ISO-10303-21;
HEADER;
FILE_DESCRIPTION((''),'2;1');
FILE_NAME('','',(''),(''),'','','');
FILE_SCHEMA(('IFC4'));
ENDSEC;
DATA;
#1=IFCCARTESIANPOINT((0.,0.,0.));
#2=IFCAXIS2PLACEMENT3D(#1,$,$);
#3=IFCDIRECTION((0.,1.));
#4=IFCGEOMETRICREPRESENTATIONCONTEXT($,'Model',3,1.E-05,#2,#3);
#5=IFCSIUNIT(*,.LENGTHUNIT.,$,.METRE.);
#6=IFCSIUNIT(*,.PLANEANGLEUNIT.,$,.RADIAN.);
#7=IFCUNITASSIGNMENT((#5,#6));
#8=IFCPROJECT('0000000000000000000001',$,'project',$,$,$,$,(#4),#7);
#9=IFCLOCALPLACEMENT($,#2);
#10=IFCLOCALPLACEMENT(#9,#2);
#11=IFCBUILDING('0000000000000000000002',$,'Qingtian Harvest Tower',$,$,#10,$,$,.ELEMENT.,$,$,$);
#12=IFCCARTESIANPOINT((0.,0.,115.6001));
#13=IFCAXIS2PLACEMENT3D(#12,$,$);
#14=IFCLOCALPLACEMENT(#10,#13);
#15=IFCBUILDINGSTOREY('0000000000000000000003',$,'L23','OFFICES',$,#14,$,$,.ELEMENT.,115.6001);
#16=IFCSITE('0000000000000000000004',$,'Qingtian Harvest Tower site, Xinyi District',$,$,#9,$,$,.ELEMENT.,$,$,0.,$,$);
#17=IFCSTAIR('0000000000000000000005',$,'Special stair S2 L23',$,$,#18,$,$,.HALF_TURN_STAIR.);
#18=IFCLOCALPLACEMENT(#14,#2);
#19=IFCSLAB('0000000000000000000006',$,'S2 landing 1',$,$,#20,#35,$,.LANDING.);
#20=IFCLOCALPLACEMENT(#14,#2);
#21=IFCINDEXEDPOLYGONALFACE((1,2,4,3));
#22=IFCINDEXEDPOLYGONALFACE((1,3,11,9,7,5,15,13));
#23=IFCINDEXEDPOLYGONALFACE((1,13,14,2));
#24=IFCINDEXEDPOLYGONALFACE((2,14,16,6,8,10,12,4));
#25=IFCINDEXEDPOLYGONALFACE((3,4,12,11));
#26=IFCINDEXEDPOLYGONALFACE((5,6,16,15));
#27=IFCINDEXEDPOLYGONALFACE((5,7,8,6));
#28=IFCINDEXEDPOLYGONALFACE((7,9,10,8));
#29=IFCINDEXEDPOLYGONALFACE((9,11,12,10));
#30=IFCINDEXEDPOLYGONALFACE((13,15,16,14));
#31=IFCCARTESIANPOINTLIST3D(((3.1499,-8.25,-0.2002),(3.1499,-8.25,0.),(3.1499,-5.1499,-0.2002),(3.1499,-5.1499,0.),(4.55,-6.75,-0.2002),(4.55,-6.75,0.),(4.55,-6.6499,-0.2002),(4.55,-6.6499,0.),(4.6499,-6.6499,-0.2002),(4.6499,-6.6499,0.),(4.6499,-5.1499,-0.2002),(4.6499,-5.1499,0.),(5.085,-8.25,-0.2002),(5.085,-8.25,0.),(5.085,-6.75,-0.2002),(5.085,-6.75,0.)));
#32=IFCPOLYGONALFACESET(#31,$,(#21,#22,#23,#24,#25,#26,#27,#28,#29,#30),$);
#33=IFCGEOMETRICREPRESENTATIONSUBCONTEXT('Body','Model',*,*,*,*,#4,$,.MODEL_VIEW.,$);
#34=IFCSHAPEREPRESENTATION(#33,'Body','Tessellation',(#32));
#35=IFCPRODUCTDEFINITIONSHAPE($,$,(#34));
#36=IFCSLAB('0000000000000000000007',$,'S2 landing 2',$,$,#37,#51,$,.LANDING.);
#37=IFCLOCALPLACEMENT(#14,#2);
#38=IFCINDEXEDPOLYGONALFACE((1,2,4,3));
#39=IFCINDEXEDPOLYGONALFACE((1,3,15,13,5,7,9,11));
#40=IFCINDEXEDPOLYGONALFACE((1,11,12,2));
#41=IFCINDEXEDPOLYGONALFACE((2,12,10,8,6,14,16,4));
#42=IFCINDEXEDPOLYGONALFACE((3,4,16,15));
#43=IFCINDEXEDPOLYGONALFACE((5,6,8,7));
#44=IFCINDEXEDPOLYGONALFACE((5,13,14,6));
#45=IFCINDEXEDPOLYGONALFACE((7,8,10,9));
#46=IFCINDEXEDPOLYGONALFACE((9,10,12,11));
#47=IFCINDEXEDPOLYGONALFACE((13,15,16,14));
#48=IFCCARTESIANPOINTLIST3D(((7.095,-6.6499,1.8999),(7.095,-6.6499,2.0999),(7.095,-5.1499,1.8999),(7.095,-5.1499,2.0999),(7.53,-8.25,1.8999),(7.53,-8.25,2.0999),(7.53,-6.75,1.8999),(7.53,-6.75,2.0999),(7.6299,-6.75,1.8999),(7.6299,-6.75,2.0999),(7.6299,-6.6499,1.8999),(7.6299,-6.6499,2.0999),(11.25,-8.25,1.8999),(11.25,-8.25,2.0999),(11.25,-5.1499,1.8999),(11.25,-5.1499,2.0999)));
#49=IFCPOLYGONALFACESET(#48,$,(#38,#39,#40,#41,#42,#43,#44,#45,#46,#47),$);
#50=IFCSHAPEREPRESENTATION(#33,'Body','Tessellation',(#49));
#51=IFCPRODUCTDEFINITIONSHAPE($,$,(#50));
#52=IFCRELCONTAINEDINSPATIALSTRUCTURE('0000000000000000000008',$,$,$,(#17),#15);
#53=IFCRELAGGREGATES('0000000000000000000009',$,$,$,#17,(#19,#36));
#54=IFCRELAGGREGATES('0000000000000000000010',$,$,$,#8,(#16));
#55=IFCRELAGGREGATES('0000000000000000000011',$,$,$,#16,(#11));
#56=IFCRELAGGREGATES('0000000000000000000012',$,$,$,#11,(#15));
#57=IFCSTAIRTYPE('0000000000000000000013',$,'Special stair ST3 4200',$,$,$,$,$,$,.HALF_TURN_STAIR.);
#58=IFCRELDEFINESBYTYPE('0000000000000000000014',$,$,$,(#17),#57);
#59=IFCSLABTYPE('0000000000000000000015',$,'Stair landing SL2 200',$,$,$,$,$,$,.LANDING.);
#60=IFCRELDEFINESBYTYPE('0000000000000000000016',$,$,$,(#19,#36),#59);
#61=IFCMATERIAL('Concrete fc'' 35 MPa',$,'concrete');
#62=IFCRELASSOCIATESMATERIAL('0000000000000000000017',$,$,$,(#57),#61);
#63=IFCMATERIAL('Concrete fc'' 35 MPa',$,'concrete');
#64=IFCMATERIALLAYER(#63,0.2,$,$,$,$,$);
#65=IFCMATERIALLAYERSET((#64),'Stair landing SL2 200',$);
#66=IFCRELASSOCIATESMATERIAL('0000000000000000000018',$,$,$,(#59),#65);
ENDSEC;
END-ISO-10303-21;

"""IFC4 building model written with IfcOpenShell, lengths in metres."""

from ifc_helpers import new_model, si_unit, direction, frame, origin, place, context, subcontext, project, spatial, polyline, outline, extrude, material, layer, layer_set, type_object, element, aggregate, save


model = new_model("IFC4")

# Units and contexts
model_context = context("Model", 3, precision=1e-05, world=origin(), true_north=direction((0.0, 1.0)))
body_context = subcontext(model_context, "Body", "Model", "MODEL_VIEW")
ifc_project = project(units=[si_unit("LENGTHUNIT", "METRE"), si_unit("PLANEANGLEUNIT", "RADIAN")], contexts=[model_context])

# Site, building, storey
site_placement = place(None, origin())
site = spatial("IfcSite", under=ifc_project, at=site_placement, Name="Qingtian Harvest Tower site, Xinyi District", CompositionType="ELEMENT", RefElevation=0.0)
building_placement = place(site_placement, origin())
building = spatial("IfcBuilding", under=site, at=building_placement, Name="Qingtian Harvest Tower", CompositionType="ELEMENT")
storey_placement = place(building_placement, frame((0.0, 0.0, 115.6001)))
storey = spatial("IfcBuildingStorey", under=building, at=storey_placement, Name="L23", Description="OFFICES", CompositionType="ELEMENT", Elevation=115.6001)

# Stair, slabs
ifc_material_1 = material(Name="Concrete fc' 35 MPa", Category="concrete")
stair_type = type_object("IfcStairType", Name="Special stair ST3 4200", PredefinedType="HALF_TURN_STAIR", material=ifc_material_1)
ifc_material_2 = material(Name="Concrete fc' 35 MPa", Category="concrete")
ifc_layer_1 = layer(ifc_material_2, 0.2)
ifc_layer_set_1 = layer_set([ifc_layer_1], Name="Stair landing SL2 200")
slab_type_1 = type_object("IfcSlabType", Name="Stair landing SL2 200", PredefinedType="LANDING", material=ifc_layer_set_1)
stair_1_placement = place(storey_placement, origin())
stair_1 = element("IfcStair", 1, at=stair_1_placement, inside=storey, type_object=stair_type, Name="Special stair S2 L23", PredefinedType="HALF_TURN_STAIR")
slab_1_placement = place(storey_placement, frame((0.0, 0.0, -0.2002)))
slab_1 = element("IfcSlab", 2, at=slab_1_placement, type_object=slab_type_1, Name="S2 landing 1", PredefinedType="LANDING", context=body_context, shape_type="SweptSolid", body=[
    extrude(outline(polyline([(5.085, -8.25), (3.1499, -8.25), (3.1499, -5.1499), (4.6499, -5.1499), (4.6499, -6.6499), (4.55, -6.6499), (4.55, -6.75), (5.085, -6.75), (5.085, -8.25)])), origin(), (0.0, 0.0, 1.0), 0.2002),
])
slab_2_placement = place(storey_placement, frame((0.0, 0.0, 1.8999)))
slab_2 = element("IfcSlab", 3, at=slab_2_placement, type_object=slab_type_1, Name="S2 landing 2", PredefinedType="LANDING", context=body_context, shape_type="SweptSolid", body=[
    extrude(outline(polyline([(7.53, -8.25), (7.53, -6.75), (7.6299, -6.75), (7.6299, -6.6499), (7.095, -6.6499), (7.095, -5.1499), (11.25, -5.1499), (11.25, -8.25), (7.53, -8.25)])), origin(), (0.0, 0.0, 1.0), 0.2),
])
aggregate(stair_1, [slab_1, slab_2])

save(model, "model.ifc")
